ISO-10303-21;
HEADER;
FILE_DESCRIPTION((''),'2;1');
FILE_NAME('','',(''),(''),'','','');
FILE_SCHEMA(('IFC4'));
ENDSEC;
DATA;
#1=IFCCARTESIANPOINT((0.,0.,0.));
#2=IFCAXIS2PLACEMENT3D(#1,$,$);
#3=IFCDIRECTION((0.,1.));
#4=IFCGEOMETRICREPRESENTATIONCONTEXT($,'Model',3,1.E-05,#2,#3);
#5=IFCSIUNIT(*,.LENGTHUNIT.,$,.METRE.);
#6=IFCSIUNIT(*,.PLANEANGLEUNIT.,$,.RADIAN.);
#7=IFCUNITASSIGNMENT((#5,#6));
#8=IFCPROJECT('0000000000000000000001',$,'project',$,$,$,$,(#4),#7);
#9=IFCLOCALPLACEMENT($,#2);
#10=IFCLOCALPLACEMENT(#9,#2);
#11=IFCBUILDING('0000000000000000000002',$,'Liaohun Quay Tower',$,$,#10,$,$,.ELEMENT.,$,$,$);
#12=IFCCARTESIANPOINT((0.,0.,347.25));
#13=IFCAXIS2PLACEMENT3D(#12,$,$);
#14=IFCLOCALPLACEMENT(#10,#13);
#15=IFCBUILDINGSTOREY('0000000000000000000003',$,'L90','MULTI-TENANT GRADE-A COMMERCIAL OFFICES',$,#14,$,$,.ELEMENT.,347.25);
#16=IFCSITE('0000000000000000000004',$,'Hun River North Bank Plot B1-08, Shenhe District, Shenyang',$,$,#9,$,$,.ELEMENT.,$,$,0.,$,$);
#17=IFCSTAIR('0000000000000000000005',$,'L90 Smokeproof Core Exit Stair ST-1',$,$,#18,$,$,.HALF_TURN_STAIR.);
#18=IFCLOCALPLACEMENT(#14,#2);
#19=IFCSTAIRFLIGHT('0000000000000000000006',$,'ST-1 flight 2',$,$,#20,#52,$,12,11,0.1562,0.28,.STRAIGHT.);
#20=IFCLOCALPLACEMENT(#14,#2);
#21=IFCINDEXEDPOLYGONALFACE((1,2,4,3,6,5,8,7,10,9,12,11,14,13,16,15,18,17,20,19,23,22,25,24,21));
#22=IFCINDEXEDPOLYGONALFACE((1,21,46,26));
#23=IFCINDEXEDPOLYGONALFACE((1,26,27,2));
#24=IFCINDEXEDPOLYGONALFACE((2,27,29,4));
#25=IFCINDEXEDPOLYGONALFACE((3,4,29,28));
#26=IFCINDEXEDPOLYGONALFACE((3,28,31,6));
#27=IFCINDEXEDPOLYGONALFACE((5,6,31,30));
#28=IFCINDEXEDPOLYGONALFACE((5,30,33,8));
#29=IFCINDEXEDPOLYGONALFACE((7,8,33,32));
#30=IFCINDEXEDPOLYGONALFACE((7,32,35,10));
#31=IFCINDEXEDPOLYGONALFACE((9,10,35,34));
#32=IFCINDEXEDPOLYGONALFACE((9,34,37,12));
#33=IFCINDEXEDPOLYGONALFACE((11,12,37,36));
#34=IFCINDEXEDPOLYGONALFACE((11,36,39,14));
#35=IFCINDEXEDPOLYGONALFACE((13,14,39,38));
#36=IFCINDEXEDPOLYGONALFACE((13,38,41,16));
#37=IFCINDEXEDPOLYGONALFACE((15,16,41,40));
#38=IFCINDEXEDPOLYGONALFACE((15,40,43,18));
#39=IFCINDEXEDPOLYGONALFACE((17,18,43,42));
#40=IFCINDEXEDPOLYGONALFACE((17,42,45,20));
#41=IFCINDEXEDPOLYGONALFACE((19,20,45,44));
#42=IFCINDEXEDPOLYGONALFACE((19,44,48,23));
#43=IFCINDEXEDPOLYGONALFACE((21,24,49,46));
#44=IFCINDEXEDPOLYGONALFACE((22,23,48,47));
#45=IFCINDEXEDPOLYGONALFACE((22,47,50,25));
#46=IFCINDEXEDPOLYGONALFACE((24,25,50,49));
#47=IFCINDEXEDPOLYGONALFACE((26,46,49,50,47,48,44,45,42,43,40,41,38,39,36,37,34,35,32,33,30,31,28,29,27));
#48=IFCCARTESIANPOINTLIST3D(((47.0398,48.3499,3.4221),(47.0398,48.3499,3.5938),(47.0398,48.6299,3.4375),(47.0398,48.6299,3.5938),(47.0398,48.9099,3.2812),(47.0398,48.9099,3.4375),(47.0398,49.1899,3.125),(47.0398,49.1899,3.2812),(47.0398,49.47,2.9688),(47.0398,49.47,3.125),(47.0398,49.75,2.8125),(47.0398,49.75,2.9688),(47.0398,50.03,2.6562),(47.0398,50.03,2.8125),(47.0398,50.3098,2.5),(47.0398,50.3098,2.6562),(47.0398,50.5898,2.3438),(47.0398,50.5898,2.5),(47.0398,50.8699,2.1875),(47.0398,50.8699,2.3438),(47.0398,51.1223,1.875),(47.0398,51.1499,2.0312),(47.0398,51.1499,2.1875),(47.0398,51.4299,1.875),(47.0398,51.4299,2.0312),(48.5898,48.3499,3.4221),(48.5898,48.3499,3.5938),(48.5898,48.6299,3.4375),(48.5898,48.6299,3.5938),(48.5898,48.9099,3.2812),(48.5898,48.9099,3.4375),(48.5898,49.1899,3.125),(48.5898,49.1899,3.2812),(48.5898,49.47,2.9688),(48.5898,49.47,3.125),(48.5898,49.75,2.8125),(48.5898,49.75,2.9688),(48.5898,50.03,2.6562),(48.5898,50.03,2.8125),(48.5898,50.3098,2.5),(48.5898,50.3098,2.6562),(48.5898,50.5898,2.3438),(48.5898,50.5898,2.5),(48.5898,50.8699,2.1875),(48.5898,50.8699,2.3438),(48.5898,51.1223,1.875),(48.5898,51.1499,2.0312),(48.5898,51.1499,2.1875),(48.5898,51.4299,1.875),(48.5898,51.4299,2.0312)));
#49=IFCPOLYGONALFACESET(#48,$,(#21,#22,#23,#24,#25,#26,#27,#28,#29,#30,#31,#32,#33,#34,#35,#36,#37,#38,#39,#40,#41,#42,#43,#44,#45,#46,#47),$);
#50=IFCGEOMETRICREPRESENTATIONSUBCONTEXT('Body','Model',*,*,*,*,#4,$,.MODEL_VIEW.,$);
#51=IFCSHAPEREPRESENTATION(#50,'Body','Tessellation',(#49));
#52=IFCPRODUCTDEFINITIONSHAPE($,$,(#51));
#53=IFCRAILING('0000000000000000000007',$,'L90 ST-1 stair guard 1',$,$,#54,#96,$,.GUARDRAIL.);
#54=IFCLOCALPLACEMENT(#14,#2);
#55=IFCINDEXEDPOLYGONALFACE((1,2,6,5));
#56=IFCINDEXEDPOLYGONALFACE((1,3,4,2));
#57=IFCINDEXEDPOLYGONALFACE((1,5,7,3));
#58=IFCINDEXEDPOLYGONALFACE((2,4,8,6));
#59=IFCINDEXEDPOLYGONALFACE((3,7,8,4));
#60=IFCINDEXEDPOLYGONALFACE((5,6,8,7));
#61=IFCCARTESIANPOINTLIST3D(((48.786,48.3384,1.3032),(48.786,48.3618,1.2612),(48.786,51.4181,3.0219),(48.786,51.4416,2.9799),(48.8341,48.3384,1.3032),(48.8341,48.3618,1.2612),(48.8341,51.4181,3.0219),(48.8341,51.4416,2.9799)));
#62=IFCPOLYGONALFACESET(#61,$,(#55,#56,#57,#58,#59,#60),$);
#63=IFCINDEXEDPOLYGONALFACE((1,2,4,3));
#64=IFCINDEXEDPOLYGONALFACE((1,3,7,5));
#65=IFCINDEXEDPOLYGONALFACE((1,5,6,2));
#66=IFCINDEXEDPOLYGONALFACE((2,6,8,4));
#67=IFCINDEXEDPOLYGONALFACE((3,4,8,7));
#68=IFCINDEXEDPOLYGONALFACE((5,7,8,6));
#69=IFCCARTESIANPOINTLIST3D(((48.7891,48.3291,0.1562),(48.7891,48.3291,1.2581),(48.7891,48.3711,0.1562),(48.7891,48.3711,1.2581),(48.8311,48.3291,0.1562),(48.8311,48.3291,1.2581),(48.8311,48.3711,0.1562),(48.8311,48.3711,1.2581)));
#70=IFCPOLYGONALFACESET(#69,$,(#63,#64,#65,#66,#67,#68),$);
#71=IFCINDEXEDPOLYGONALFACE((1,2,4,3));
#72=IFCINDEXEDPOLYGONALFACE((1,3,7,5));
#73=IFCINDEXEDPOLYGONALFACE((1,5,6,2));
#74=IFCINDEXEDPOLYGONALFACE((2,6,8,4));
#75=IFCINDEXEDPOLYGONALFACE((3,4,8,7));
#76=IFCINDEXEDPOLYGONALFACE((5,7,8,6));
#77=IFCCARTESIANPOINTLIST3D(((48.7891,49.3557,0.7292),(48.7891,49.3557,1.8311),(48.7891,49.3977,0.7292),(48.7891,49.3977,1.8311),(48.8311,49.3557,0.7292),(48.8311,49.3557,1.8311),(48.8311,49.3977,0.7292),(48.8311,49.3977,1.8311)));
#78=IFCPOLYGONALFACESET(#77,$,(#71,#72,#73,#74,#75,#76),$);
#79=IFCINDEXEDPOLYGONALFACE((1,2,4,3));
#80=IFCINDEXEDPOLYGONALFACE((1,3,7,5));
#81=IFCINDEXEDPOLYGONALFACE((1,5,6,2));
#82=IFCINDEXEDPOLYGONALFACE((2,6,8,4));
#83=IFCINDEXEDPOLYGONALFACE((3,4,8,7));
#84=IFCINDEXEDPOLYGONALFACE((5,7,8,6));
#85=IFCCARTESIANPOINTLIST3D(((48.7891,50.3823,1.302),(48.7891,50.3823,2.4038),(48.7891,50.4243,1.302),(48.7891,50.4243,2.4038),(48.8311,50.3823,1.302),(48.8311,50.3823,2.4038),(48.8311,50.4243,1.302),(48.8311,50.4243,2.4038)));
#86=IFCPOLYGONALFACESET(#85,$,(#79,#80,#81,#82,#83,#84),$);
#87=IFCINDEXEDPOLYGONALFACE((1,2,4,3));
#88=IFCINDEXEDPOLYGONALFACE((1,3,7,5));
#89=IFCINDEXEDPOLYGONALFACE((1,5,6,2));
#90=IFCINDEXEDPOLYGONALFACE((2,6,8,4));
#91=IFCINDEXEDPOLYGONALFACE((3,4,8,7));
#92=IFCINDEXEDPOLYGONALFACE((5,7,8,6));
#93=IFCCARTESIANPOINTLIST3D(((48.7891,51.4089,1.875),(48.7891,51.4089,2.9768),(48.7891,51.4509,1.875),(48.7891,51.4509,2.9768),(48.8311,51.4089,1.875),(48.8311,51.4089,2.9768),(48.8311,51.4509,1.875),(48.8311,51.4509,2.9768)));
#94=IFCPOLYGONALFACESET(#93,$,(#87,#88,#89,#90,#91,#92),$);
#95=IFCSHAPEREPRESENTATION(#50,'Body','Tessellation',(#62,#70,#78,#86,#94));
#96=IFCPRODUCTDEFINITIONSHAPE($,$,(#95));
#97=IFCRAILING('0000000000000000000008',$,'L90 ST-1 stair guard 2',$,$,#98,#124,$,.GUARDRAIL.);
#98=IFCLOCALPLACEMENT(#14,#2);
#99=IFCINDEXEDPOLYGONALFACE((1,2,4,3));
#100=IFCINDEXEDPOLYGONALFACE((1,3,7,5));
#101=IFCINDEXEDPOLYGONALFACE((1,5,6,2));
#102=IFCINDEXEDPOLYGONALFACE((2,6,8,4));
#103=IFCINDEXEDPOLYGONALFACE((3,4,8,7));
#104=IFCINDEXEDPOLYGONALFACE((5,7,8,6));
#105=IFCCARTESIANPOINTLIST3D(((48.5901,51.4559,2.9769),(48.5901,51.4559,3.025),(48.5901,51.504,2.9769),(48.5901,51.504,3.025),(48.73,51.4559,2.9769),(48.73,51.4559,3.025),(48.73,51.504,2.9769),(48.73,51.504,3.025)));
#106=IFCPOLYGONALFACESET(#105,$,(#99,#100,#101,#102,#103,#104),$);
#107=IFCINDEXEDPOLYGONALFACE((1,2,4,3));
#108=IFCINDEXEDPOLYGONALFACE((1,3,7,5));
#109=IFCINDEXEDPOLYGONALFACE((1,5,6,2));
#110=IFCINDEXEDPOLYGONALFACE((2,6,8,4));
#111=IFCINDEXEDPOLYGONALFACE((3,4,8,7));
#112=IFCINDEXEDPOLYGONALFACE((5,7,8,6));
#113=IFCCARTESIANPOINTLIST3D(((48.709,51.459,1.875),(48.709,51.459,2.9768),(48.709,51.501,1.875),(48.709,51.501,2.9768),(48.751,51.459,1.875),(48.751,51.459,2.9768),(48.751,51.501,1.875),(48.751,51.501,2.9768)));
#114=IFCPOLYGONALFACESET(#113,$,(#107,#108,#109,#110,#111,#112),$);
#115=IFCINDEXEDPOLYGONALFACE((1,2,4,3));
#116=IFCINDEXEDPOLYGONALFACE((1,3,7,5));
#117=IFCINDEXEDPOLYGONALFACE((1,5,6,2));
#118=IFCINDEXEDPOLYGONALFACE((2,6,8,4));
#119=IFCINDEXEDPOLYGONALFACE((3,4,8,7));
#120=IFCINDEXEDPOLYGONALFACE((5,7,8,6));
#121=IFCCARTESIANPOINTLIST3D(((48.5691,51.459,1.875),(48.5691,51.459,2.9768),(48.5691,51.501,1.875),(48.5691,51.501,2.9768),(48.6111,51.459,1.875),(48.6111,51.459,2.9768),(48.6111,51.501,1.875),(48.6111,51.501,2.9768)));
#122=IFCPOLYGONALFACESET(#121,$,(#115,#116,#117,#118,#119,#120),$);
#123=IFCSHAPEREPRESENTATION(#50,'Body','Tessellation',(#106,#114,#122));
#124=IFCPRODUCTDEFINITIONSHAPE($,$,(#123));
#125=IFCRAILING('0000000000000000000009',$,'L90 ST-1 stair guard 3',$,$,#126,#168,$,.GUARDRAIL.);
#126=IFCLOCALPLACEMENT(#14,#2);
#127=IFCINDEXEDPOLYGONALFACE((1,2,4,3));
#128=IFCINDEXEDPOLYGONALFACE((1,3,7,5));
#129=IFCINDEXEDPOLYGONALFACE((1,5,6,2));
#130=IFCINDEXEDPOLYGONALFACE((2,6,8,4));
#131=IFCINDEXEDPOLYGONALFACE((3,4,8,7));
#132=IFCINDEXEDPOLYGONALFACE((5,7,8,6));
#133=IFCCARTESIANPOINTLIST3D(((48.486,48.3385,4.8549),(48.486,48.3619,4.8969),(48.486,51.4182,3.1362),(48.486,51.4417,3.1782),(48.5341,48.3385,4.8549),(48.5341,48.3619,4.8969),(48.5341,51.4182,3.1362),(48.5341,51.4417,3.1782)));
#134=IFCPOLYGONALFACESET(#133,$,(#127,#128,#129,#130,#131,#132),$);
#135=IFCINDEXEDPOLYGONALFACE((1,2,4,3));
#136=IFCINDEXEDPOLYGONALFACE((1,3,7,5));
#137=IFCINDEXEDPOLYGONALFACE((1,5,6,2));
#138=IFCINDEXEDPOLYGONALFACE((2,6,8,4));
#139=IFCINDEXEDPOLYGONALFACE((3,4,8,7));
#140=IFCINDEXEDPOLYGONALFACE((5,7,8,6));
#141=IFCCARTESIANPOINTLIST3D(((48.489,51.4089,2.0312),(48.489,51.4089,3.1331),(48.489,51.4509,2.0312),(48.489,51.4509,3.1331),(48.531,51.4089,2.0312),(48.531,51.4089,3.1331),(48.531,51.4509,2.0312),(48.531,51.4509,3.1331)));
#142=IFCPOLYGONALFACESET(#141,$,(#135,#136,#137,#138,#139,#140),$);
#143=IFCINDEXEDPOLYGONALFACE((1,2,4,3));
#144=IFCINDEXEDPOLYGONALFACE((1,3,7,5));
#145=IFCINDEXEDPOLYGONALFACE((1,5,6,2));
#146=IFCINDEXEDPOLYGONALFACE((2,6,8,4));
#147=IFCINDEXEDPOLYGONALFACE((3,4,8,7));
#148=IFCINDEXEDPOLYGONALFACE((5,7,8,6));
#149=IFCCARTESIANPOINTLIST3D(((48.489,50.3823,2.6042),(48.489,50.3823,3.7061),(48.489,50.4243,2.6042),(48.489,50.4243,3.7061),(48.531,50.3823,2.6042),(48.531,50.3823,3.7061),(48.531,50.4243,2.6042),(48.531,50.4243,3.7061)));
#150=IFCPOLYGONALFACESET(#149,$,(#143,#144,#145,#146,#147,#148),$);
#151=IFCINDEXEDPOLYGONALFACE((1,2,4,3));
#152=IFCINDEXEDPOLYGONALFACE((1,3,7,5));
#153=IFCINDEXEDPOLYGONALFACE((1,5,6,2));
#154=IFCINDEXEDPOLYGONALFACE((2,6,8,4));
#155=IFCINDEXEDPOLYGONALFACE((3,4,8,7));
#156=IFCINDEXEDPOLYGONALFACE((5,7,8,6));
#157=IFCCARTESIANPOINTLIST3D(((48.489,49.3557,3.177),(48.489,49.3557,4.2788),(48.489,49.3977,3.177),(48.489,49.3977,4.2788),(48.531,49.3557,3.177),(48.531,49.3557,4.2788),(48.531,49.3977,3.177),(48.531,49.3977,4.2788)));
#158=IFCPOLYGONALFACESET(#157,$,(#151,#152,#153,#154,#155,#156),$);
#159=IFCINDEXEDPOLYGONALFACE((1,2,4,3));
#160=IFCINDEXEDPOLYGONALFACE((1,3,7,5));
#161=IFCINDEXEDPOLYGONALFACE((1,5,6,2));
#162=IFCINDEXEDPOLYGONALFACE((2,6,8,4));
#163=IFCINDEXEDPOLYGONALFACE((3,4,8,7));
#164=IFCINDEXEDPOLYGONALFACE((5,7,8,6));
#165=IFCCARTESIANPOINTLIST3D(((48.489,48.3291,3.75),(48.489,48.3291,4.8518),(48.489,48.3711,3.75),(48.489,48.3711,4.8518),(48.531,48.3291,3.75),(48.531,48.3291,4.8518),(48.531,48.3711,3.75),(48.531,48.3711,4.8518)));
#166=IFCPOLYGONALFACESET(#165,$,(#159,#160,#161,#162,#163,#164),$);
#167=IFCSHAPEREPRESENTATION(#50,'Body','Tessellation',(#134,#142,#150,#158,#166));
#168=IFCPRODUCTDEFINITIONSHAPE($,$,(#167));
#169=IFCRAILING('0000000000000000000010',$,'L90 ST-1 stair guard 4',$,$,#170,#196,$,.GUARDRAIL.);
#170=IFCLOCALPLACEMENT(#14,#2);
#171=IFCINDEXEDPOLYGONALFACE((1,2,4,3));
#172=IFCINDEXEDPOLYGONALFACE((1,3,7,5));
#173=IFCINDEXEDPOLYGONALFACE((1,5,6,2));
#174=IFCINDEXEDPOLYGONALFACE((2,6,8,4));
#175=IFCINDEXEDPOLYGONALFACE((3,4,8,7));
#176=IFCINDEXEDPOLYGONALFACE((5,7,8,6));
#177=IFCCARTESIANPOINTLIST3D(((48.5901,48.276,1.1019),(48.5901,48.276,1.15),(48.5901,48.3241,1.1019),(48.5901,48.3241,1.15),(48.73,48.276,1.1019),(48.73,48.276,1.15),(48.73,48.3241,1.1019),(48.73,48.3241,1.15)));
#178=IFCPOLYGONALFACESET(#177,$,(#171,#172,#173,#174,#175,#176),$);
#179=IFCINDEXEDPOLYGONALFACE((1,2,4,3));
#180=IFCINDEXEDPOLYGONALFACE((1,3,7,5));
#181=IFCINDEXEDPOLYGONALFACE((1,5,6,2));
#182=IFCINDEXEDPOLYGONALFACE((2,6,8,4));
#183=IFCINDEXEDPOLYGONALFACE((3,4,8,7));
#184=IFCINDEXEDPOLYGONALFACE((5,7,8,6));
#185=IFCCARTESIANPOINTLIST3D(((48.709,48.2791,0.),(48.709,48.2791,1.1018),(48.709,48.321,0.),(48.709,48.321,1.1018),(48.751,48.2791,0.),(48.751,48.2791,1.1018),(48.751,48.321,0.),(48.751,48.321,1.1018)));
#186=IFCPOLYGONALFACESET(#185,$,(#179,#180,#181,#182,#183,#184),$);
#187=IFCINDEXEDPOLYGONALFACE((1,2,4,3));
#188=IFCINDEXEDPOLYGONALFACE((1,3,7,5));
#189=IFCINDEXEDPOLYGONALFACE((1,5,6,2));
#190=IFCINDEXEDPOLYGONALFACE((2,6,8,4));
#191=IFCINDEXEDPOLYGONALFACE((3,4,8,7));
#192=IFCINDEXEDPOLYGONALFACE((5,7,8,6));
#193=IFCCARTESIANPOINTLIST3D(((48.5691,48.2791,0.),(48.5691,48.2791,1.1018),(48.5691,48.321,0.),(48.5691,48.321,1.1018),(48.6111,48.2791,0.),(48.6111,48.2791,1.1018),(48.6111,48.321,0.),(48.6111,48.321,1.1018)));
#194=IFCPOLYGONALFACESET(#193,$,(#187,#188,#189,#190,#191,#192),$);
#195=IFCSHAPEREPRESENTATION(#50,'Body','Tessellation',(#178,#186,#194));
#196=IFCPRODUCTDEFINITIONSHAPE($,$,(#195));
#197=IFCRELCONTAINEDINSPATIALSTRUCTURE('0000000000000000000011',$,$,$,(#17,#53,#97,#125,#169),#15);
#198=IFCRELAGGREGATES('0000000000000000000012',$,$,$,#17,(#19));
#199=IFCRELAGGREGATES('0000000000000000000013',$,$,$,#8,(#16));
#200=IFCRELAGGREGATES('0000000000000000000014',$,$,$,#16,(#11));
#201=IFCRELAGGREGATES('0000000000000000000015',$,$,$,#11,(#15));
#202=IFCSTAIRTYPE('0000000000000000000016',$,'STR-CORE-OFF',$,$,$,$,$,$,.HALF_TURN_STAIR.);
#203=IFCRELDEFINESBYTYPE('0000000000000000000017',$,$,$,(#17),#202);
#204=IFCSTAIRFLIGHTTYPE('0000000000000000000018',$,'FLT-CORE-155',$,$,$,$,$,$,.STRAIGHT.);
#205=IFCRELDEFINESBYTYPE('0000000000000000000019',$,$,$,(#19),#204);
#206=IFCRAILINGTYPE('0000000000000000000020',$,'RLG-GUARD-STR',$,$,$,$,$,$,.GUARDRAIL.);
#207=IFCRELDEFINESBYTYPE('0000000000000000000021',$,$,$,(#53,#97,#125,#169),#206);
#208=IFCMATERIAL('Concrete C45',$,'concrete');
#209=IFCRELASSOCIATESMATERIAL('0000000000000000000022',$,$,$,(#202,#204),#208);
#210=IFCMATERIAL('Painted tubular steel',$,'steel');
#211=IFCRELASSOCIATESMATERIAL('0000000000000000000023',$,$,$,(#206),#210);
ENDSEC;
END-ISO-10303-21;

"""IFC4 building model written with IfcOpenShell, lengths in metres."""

from ifc_helpers import new_model, si_unit, direction, frame, origin, origin_2d, place, context, subcontext, project, spatial, polyline, rectangle, outline, extrude, material, type_object, element, aggregate, save


model = new_model("IFC4")

# Units and contexts
model_context = context("Model", 3, precision=1e-05, world=origin(), true_north=direction((0.0, 1.0)))
body_context = subcontext(model_context, "Body", "Model", "MODEL_VIEW")
ifc_project = project(units=[si_unit("LENGTHUNIT", "METRE"), si_unit("PLANEANGLEUNIT", "RADIAN")], contexts=[model_context])

# Site, building, storey
site_placement = place(None, origin())
site = spatial("IfcSite", under=ifc_project, at=site_placement, Name="Hun River North Bank Plot B1-08, Shenhe District, Shenyang", CompositionType="ELEMENT", RefElevation=0.0)
building_placement = place(site_placement, origin())
building = spatial("IfcBuilding", under=site, at=building_placement, Name="Liaohun Quay Tower", CompositionType="ELEMENT")
storey_placement = place(building_placement, frame((0.0, 0.0, 347.25)))
storey = spatial("IfcBuildingStorey", under=building, at=storey_placement, Name="L90", Description="MULTI-TENANT GRADE-A COMMERCIAL OFFICES", CompositionType="ELEMENT", Elevation=347.25)

# Stair
ifc_material_1 = material(Name="Concrete C45", Category="concrete")
stair_type = type_object("IfcStairType", Name="STR-CORE-OFF", PredefinedType="HALF_TURN_STAIR", material=ifc_material_1)
stair_1_placement = place(storey_placement, origin())
stair_1 = element("IfcStair", 1, at=stair_1_placement, inside=storey, type_object=stair_type, Name="L90 Smokeproof Core Exit Stair ST-1", PredefinedType="HALF_TURN_STAIR")

# Stair flight
stair_flight_type = type_object("IfcStairFlightType", Name="FLT-CORE-155", PredefinedType="STRAIGHT", material=ifc_material_1)
stair_flight_1_placement = place(storey_placement, frame((47.8149, 51.4299, 1.875), z_axis=(0.0, 0.0, 1.0), x_axis=(0.0, -1.0, 0.0)))
stair_flight_1 = element("IfcStairFlight", 2, at=stair_flight_1_placement, type_object=stair_flight_type, Name="ST-1 flight 2", NumberOfRisers=12, NumberOfTreads=11, PredefinedType="STRAIGHT", RiserHeight=0.1562, TreadLength=0.28, context=body_context, shape_type="SweptSolid", body=[
    extrude(outline(polyline([(0.0, 0.0), (0.0, 0.1562), (0.28, 0.1562), (0.28, 0.3125), (0.5601, 0.3125), (0.5601, 0.4688), (0.8401, 0.4688), (0.8401, 0.625), (1.1201, 0.625), (1.1201, 0.7812), (1.3999, 0.7812), (1.3999, 0.9375), (1.6799, 0.9375), (1.6799, 1.0938), (1.96, 1.0938), (1.96, 1.25), (2.24, 1.25), (2.24, 1.4062), (2.52, 1.4062), (2.52, 1.5625), (2.8, 1.5625), (2.8, 1.7188), (3.0801, 1.7188), (3.0801, 1.875), (3.0801, 1.5471), (0.3076, 0.0), (0.0, 0.0)])), frame((0.0, 0.7749, 0.0), z_axis=(0.0, -1.0, 0.0), x_axis=(1.0, 0.0, 0.0)), (0.0, 0.0, 1.0), 1.55),
])
aggregate(stair_1, [stair_flight_1])

# Railings
ifc_material_2 = material(Name="Painted tubular steel", Category="steel")
railing_type_1 = type_object("IfcRailingType", Name="RLG-GUARD-STR", PredefinedType="GUARDRAIL", material=ifc_material_2)
railing_1_placement = place(storey_placement, frame((48.8101, 48.3501, 0.1562)))
element("IfcRailing", 3, at=railing_1_placement, inside=storey, type_object=railing_type_1, Name="L90 ST-1 stair guard 1", PredefinedType="GUARDRAIL", context=body_context, shape_type="SweptSolid", body=[
    extrude(rectangle(XDim=0.0481, YDim=0.0481, at=origin_2d()), frame((0.0, 0.0, 1.126), z_axis=(0.0, 0.873225, 0.487317), x_axis=(-1.0, 0.0, 0.0)), (0.0, 0.0, 1.0), 3.5269),
    extrude(rectangle(XDim=0.042, YDim=0.042, at=origin_2d()), origin(), (0.0, 0.0, 1.0), 1.1018),
    extrude(rectangle(XDim=0.042, YDim=0.042, at=origin_2d()), frame((0.0, 1.0266, 0.573)), (0.0, 0.0, 1.0), 1.1018),
    extrude(rectangle(XDim=0.042, YDim=0.042, at=origin_2d()), frame((0.0, 2.0532, 1.1458)), (0.0, 0.0, 1.0), 1.1018),
    extrude(rectangle(XDim=0.042, YDim=0.042, at=origin_2d()), frame((0.0, 3.0798, 1.7188)), (0.0, 0.0, 1.0), 1.1018),
])
railing_2_placement = place(storey_placement, frame((48.73, 51.48, 1.875)))
element("IfcRailing", 4, at=railing_2_placement, inside=storey, type_object=railing_type_1, Name="L90 ST-1 stair guard 2", PredefinedType="GUARDRAIL", context=body_context, shape_type="SweptSolid", body=[
    extrude(rectangle(XDim=0.0481, YDim=0.0481, at=origin_2d()), frame((0.0, 0.0, 1.126), z_axis=(-1.0, 0.0, 0.0), x_axis=(0.0, -1.0, 0.0)), (0.0, 0.0, 1.0), 0.1399),
    extrude(rectangle(XDim=0.042, YDim=0.042, at=origin_2d()), origin(), (0.0, 0.0, 1.0), 1.1018),
    extrude(rectangle(XDim=0.042, YDim=0.042, at=origin_2d()), frame((-0.1399, 0.0, 0.0)), (0.0, 0.0, 1.0), 1.1018),
])
railing_3_placement = place(storey_placement, frame((48.51, 51.4299, 2.0312)))
element("IfcRailing", 5, at=railing_3_placement, inside=storey, type_object=railing_type_1, Name="L90 ST-1 stair guard 3", PredefinedType="GUARDRAIL", context=body_context, shape_type="SweptSolid", body=[
    extrude(rectangle(XDim=0.0481, YDim=0.0481, at=origin_2d()), frame((0.0, 0.0, 1.126), z_axis=(0.0, -0.873225, 0.487317), x_axis=(1.0, 0.0, 0.0)), (0.0, 0.0, 1.0), 3.5269),
    extrude(rectangle(XDim=0.042, YDim=0.042, at=origin_2d()), origin(), (0.0, 0.0, 1.0), 1.1018),
    extrude(rectangle(XDim=0.042, YDim=0.042, at=origin_2d()), frame((0.0, -1.0266, 0.573)), (0.0, 0.0, 1.0), 1.1018),
    extrude(rectangle(XDim=0.042, YDim=0.042, at=origin_2d()), frame((0.0, -2.0532, 1.1458)), (0.0, 0.0, 1.0), 1.1018),
    extrude(rectangle(XDim=0.042, YDim=0.042, at=origin_2d()), frame((0.0, -3.0798, 1.7188)), (0.0, 0.0, 1.0), 1.1018),
])
railing_4_placement = place(storey_placement, frame((48.73, 48.3, 0.0)))
element("IfcRailing", 6, at=railing_4_placement, inside=storey, type_object=railing_type_1, Name="L90 ST-1 stair guard 4", PredefinedType="GUARDRAIL", context=body_context, shape_type="SweptSolid", body=[
    extrude(rectangle(XDim=0.0481, YDim=0.0481, at=origin_2d()), frame((0.0, 0.0, 1.126), z_axis=(-1.0, 0.0, 0.0), x_axis=(0.0, -1.0, 0.0)), (0.0, 0.0, 1.0), 0.1399),
    extrude(rectangle(XDim=0.042, YDim=0.042, at=origin_2d()), origin(), (0.0, 0.0, 1.0), 1.1018),
    extrude(rectangle(XDim=0.042, YDim=0.042, at=origin_2d()), frame((-0.1399, 0.0, 0.0)), (0.0, 0.0, 1.0), 1.1018),
])

save(model, "model.ifc")
